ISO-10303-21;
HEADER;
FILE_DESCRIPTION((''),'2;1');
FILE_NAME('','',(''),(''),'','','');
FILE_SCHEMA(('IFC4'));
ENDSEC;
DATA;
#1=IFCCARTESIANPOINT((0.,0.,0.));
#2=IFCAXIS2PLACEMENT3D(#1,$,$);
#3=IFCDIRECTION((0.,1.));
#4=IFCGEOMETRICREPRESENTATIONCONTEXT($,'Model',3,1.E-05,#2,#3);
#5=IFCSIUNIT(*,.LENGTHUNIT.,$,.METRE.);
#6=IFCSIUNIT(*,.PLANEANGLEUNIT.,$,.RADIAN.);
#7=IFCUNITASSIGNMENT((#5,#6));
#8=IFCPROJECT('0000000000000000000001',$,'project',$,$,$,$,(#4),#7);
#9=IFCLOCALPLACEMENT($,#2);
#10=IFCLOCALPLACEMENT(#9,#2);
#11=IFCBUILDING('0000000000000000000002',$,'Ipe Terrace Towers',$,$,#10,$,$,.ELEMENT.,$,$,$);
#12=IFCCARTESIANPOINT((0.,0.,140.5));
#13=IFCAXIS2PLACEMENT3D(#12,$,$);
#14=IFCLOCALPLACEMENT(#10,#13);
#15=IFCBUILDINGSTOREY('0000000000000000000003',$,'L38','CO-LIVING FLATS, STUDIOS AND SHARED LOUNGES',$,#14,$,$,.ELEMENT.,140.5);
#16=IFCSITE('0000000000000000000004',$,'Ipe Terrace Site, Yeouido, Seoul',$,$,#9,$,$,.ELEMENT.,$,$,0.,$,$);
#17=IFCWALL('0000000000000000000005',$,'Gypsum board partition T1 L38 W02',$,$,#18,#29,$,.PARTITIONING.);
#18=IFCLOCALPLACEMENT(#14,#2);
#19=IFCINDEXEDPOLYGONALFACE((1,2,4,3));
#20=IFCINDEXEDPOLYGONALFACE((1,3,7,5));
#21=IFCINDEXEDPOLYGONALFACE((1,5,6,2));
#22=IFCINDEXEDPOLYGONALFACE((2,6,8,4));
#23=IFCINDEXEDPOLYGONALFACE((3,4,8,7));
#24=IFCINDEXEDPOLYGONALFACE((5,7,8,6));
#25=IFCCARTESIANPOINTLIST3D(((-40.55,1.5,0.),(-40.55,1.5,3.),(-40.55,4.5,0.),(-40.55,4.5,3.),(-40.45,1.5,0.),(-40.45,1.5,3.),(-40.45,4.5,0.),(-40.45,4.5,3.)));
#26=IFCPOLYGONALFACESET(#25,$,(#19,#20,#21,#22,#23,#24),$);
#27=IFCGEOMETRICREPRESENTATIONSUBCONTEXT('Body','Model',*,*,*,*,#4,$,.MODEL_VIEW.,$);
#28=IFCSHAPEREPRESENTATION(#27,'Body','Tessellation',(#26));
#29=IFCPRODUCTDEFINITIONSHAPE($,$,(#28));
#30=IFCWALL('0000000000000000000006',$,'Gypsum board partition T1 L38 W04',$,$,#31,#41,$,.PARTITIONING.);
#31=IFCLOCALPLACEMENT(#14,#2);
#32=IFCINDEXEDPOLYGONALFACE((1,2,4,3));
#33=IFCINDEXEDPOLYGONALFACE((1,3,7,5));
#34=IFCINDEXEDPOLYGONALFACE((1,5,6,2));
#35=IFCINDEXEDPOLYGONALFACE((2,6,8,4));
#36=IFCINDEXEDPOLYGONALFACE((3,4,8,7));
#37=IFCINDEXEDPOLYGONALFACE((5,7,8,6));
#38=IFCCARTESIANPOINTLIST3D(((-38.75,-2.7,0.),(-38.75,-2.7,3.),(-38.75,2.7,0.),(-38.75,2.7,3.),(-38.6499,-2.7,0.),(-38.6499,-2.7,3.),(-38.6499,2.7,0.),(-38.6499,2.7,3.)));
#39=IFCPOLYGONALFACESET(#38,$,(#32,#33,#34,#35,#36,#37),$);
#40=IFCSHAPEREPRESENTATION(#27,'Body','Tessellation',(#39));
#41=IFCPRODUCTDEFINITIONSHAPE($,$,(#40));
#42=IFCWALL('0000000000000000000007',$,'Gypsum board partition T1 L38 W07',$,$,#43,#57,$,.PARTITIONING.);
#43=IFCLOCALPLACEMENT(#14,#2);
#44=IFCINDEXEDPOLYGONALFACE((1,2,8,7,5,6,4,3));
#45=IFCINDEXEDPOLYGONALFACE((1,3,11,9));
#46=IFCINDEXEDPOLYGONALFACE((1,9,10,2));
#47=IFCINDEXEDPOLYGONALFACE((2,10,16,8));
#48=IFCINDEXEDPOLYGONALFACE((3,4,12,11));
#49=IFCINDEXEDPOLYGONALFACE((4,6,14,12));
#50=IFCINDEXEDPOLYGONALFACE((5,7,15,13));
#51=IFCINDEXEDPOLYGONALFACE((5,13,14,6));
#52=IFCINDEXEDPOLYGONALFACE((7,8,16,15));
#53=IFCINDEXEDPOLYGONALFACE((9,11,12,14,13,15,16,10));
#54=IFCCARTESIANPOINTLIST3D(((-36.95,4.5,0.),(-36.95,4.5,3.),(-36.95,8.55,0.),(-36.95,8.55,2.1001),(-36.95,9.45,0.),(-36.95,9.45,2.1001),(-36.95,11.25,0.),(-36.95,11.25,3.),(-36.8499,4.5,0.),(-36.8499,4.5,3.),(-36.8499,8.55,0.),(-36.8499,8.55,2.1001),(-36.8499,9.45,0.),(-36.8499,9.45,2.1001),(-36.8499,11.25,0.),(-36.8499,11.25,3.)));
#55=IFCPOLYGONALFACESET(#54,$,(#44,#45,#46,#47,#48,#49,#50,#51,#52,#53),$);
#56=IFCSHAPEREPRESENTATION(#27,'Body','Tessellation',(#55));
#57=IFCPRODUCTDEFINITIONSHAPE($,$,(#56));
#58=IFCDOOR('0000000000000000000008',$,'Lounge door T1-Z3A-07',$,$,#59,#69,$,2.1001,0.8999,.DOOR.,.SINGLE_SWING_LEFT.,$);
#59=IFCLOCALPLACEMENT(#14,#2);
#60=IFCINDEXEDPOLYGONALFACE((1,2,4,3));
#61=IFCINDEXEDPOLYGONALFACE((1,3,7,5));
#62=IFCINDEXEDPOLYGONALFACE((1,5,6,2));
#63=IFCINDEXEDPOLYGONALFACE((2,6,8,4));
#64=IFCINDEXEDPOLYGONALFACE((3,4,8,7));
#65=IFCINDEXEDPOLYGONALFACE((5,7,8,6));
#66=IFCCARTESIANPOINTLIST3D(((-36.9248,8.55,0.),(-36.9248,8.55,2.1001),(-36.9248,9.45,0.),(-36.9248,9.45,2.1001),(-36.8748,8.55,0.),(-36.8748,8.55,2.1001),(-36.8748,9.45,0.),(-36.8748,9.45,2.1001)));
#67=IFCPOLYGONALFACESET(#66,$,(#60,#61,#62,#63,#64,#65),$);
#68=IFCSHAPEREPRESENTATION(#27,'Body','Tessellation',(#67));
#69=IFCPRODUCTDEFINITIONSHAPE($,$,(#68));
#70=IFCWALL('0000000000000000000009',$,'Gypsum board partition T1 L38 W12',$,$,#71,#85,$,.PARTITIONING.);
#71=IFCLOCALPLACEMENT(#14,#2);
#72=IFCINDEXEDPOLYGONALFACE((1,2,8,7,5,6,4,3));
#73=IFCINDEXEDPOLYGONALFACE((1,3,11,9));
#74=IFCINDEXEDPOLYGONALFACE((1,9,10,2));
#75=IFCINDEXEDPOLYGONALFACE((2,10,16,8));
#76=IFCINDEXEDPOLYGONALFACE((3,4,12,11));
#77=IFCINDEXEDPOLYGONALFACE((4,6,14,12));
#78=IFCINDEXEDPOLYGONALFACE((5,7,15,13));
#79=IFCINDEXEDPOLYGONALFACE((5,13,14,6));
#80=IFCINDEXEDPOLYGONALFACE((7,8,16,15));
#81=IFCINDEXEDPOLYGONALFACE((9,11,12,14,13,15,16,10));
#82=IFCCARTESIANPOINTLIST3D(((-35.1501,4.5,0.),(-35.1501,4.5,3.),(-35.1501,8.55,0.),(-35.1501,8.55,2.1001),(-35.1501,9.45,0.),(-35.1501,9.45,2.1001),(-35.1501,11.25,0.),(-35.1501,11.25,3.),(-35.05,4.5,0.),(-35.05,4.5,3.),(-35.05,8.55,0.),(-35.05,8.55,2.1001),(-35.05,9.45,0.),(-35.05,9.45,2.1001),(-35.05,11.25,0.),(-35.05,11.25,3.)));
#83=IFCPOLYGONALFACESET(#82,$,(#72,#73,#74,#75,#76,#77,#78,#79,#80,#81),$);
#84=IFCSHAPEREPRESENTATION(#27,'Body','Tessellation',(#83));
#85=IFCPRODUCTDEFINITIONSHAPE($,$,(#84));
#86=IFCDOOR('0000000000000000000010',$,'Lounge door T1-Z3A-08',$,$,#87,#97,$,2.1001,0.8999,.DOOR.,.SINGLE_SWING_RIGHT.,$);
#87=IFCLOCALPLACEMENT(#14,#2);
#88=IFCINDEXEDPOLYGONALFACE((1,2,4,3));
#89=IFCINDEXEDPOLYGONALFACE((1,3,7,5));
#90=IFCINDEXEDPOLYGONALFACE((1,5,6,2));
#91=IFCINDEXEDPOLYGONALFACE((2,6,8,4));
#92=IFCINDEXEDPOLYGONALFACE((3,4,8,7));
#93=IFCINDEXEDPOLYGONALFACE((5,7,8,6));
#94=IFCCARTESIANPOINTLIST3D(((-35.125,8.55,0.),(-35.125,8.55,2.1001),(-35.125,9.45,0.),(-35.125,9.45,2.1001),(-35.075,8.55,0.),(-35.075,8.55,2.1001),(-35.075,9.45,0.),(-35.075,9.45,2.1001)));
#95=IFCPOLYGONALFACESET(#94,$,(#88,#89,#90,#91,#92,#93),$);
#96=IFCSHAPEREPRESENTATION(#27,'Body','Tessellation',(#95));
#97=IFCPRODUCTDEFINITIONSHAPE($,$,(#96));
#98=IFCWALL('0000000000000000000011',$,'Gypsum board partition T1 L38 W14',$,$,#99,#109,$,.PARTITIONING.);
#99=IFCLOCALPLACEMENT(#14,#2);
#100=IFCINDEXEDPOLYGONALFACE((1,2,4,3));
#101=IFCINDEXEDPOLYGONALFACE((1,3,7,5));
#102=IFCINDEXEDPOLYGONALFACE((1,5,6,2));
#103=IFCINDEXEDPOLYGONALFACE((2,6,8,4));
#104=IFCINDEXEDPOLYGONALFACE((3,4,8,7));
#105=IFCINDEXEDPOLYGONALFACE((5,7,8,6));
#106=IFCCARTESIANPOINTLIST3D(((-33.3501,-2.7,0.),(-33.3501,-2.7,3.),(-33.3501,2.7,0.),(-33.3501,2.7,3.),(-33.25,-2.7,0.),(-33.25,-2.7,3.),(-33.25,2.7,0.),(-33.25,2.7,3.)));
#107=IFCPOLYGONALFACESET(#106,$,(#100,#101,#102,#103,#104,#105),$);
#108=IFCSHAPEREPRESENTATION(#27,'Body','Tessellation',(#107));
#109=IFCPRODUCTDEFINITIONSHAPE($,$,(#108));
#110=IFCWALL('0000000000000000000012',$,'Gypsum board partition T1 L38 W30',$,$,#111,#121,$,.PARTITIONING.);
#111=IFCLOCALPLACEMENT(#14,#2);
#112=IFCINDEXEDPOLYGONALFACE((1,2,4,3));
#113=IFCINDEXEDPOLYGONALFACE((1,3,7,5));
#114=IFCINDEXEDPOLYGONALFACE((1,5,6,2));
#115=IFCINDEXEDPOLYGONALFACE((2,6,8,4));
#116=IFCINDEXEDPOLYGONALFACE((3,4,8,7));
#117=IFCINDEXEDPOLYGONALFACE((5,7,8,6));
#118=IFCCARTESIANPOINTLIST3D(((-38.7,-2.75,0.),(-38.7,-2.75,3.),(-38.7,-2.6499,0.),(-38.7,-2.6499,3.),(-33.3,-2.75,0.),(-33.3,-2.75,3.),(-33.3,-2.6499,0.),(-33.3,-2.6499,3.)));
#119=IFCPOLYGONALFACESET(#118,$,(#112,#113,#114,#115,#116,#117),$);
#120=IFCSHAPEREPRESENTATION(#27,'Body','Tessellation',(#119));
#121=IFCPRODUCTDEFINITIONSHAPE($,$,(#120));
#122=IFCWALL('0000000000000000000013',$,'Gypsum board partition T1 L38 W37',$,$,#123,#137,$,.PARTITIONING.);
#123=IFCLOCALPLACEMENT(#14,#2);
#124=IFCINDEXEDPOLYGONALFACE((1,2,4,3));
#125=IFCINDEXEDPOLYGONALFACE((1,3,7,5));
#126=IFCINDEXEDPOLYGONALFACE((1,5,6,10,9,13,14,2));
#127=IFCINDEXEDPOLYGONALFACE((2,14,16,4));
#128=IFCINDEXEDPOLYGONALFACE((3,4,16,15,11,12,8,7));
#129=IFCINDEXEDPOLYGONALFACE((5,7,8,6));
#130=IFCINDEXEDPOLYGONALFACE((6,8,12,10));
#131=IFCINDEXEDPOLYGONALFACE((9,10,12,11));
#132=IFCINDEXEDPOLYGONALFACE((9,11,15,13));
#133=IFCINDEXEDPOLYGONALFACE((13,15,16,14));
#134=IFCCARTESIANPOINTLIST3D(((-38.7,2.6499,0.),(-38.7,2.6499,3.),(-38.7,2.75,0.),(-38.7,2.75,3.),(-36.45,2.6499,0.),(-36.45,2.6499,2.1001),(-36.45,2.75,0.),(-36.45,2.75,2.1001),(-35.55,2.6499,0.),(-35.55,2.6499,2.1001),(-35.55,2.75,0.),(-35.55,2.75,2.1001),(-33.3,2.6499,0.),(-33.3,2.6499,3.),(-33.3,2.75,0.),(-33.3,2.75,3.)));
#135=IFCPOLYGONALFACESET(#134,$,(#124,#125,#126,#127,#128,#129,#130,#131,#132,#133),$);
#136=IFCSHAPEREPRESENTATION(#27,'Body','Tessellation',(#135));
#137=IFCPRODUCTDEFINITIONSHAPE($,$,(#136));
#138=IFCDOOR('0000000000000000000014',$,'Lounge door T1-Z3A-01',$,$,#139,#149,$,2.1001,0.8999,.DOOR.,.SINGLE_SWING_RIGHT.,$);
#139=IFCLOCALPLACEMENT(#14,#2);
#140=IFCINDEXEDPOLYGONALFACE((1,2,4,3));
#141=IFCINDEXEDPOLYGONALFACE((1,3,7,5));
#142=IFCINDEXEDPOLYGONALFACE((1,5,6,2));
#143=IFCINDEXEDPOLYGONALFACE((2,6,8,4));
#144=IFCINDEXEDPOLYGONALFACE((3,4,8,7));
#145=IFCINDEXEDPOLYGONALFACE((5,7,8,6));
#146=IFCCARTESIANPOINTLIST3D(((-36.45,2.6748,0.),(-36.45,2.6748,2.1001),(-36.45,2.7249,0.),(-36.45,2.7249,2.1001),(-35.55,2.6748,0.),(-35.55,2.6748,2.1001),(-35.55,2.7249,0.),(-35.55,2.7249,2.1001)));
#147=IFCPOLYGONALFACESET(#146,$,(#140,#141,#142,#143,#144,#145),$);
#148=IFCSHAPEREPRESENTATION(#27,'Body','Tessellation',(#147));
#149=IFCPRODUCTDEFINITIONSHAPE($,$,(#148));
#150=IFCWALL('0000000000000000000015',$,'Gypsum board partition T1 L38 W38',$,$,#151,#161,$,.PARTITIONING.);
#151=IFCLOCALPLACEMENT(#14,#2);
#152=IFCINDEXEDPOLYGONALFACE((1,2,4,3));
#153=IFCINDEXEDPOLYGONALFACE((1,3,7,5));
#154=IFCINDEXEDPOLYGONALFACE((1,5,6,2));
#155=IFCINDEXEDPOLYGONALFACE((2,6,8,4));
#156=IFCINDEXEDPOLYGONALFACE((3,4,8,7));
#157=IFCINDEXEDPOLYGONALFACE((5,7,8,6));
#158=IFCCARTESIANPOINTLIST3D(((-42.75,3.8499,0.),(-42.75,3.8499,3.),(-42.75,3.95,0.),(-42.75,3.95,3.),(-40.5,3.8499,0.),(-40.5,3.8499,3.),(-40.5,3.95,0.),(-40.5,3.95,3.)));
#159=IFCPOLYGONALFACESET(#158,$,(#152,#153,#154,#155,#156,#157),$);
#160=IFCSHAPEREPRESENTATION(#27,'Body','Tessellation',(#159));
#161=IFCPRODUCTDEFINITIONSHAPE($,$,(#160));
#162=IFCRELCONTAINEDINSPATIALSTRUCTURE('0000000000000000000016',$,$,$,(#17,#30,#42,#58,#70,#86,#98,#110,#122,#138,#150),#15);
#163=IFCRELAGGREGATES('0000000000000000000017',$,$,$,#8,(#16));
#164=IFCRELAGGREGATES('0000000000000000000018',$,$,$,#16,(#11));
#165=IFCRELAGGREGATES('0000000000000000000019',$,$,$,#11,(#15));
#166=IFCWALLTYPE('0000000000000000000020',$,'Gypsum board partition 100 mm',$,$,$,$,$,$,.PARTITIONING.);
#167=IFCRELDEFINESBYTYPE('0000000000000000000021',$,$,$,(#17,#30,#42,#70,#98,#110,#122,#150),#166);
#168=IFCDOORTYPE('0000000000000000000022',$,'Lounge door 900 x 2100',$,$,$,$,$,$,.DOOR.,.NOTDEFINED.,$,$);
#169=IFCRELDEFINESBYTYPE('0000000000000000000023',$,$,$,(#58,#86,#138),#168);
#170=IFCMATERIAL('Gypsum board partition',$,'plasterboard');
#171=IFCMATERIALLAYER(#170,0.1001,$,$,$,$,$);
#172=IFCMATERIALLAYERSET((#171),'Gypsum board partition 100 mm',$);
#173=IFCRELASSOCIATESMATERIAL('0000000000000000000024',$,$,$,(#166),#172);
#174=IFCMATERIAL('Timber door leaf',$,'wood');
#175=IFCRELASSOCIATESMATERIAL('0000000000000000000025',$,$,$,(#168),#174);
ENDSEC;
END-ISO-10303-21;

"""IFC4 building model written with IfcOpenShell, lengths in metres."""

from ifc_helpers import new_model, si_unit, direction, frame, frame_2d, origin, place, context, subcontext, project, spatial, rectangle, extrude, material, layer, layer_set, type_object, element, fill, save


model = new_model("IFC4")

# Units and contexts
model_context = context("Model", 3, precision=1e-05, world=origin(), true_north=direction((0.0, 1.0)))
body_context = subcontext(model_context, "Body", "Model", "MODEL_VIEW")
ifc_project = project(units=[si_unit("LENGTHUNIT", "METRE"), si_unit("PLANEANGLEUNIT", "RADIAN")], contexts=[model_context])

# Site, building, storey
site_placement = place(None, origin())
site = spatial("IfcSite", under=ifc_project, at=site_placement, Name="Ipe Terrace Site, Yeouido, Seoul", CompositionType="ELEMENT", RefElevation=0.0)
building_placement = place(site_placement, origin())
building = spatial("IfcBuilding", under=site, at=building_placement, Name="Ipe Terrace Towers", CompositionType="ELEMENT")
storey_placement = place(building_placement, frame((0.0, 0.0, 140.5)))
storey = spatial("IfcBuildingStorey", under=building, at=storey_placement, Name="L38", Description="CO-LIVING FLATS, STUDIOS AND SHARED LOUNGES", CompositionType="ELEMENT", Elevation=140.5)

# Walls
ifc_material_1 = material(Name="Gypsum board partition", Category="plasterboard")
ifc_layer = layer(ifc_material_1, 0.1001)
ifc_layer_set = layer_set([ifc_layer], Name="Gypsum board partition 100 mm")
wall_type = type_object("IfcWallType", Name="Gypsum board partition 100 mm", PredefinedType="PARTITIONING", material=ifc_layer_set)
wall_1_placement = place(storey_placement, frame((-40.5, 1.5, 0.0), z_axis=(0.0, 0.0, 1.0), x_axis=(0.0, 1.0, 0.0)))
element("IfcWall", 1, at=wall_1_placement, inside=storey, type_object=wall_type, Name="Gypsum board partition T1 L38 W02", PredefinedType="PARTITIONING", context=body_context, shape_type="SweptSolid", body=[
    extrude(rectangle(XDim=3.0, YDim=0.1001, at=frame_2d((1.5, 0.0))), origin(), (0.0, 0.0, 1.0), 3.0),
])
wall_2_placement = place(storey_placement, frame((-38.7, -2.7, 0.0), z_axis=(0.0, 0.0, 1.0), x_axis=(0.0, 1.0, 0.0)))
element("IfcWall", 2, at=wall_2_placement, inside=storey, type_object=wall_type, Name="Gypsum board partition T1 L38 W04", PredefinedType="PARTITIONING", context=body_context, shape_type="SweptSolid", body=[
    extrude(rectangle(XDim=5.3999, YDim=0.1001, at=frame_2d((2.7, 0.0))), origin(), (0.0, 0.0, 1.0), 3.0),
])

# Walls, openings, doors
wall_3_placement = place(storey_placement, frame((-36.8999, 4.5, 0.0), z_axis=(0.0, 0.0, 1.0), x_axis=(0.0, 1.0, 0.0)))
wall_3 = element("IfcWall", 3, at=wall_3_placement, inside=storey, type_object=wall_type, Name="Gypsum board partition T1 L38 W07", PredefinedType="PARTITIONING", context=body_context, shape_type="SweptSolid", body=[
    extrude(rectangle(XDim=6.75, YDim=0.1001, at=frame_2d((3.375, 0.0))), origin(), (0.0, 0.0, 1.0), 3.0),
])
opening_1_placement = place(wall_3_placement, frame((4.05, 0.0, 0.0)))
opening_1 = element("IfcOpeningElement", 4, at=opening_1_placement, cuts=wall_3, PredefinedType="OPENING", context=body_context, shape_type="SweptSolid", body=[
    extrude(rectangle(XDim=0.8999, YDim=2.1001, at=frame_2d((0.45, 1.05))), frame((0.0, 0.0601, 0.0), z_axis=(0.0, -1.0, 0.0), x_axis=(1.0, 0.0, 0.0)), (0.0, 0.0, 1.0), 0.1201),
])
ifc_material_2 = material(Name="Timber door leaf", Category="wood")
door_type = type_object("IfcDoorType", Name="Lounge door 900 x 2100", OperationType="NOTDEFINED", PredefinedType="DOOR", material=ifc_material_2)
door_1_placement = place(opening_1_placement, origin())
door_1 = element("IfcDoor", 5, at=door_1_placement, inside=storey, type_object=door_type, Name="Lounge door T1-Z3A-07", OperationType="SINGLE_SWING_LEFT", OverallHeight=2.1001, OverallWidth=0.8999, PredefinedType="DOOR", context=body_context, shape_type="SweptSolid", body=[
    extrude(rectangle(XDim=0.8999, YDim=2.1001, at=frame_2d((0.45, 1.05))), frame((0.0, 0.0249, 0.0), z_axis=(0.0, -1.0, 0.0), x_axis=(1.0, 0.0, 0.0)), (0.0, 0.0, 1.0), 0.05),
])
fill(opening_1, door_1)
wall_4_placement = place(storey_placement, frame((-35.1001, 4.5, 0.0), z_axis=(0.0, 0.0, 1.0), x_axis=(0.0, 1.0, 0.0)))
wall_4 = element("IfcWall", 6, at=wall_4_placement, inside=storey, type_object=wall_type, Name="Gypsum board partition T1 L38 W12", PredefinedType="PARTITIONING", context=body_context, shape_type="SweptSolid", body=[
    extrude(rectangle(XDim=6.75, YDim=0.1001, at=frame_2d((3.375, 0.0))), origin(), (0.0, 0.0, 1.0), 3.0),
])
opening_2_placement = place(wall_4_placement, frame((4.05, 0.0, 0.0)))
opening_2 = element("IfcOpeningElement", 7, at=opening_2_placement, cuts=wall_4, PredefinedType="OPENING", context=body_context, shape_type="SweptSolid", body=[
    extrude(rectangle(XDim=0.8999, YDim=2.1001, at=frame_2d((0.45, 1.05))), frame((0.0, 0.0601, 0.0), z_axis=(0.0, -1.0, 0.0), x_axis=(1.0, 0.0, 0.0)), (0.0, 0.0, 1.0), 0.1201),
])
door_2_placement = place(opening_2_placement, origin())
door_2 = element("IfcDoor", 8, at=door_2_placement, inside=storey, type_object=door_type, Name="Lounge door T1-Z3A-08", OperationType="SINGLE_SWING_RIGHT", OverallHeight=2.1001, OverallWidth=0.8999, PredefinedType="DOOR", context=body_context, shape_type="SweptSolid", body=[
    extrude(rectangle(XDim=0.8999, YDim=2.1001, at=frame_2d((0.45, 1.05))), frame((0.0, 0.0249, 0.0), z_axis=(0.0, -1.0, 0.0), x_axis=(1.0, 0.0, 0.0)), (0.0, 0.0, 1.0), 0.05),
])
fill(opening_2, door_2)

# Walls
for number, where, z_axis, x_axis, name in (
    (9, (-33.3, -2.7, 0.0), (0.0, 0.0, 1.0), (0.0, 1.0, 0.0), "Gypsum board partition T1 L38 W14"),
    (10, (-38.7, -2.7, 0.0), (0.0, 0.0, 1.0), (1.0, 0.0, 0.0), "Gypsum board partition T1 L38 W30"),
):
    element("IfcWall", number, at=place(storey_placement, frame(where, z_axis=z_axis, x_axis=x_axis)), inside=storey, type_object=wall_type, Name=name, PredefinedType="PARTITIONING", context=body_context, shape_type="SweptSolid", body=[
        extrude(rectangle(XDim=5.3999, YDim=0.1001, at=frame_2d((2.7, 0.0))), origin(), (0.0, 0.0, 1.0), 3.0),
    ])

# Wall, opening, door
wall_5_placement = place(storey_placement, frame((-38.7, 2.7, 0.0), z_axis=(0.0, 0.0, 1.0), x_axis=(1.0, 0.0, 0.0)))
wall_5 = element("IfcWall", 11, at=wall_5_placement, inside=storey, type_object=wall_type, Name="Gypsum board partition T1 L38 W37", PredefinedType="PARTITIONING", context=body_context, shape_type="SweptSolid", body=[
    extrude(rectangle(XDim=5.3999, YDim=0.1001, at=frame_2d((2.7, 0.0))), origin(), (0.0, 0.0, 1.0), 3.0),
])
opening_3_placement = place(wall_5_placement, frame((2.25, 0.0, 0.0)))
opening_3 = element("IfcOpeningElement", 12, at=opening_3_placement, cuts=wall_5, PredefinedType="OPENING", context=body_context, shape_type="SweptSolid", body=[
    extrude(rectangle(XDim=0.8999, YDim=2.1001, at=frame_2d((0.45, 1.05))), frame((0.0, 0.0601, 0.0), z_axis=(0.0, -1.0, 0.0), x_axis=(1.0, 0.0, 0.0)), (0.0, 0.0, 1.0), 0.1201),
])
door_3_placement = place(opening_3_placement, origin())
door_3 = element("IfcDoor", 13, at=door_3_placement, inside=storey, type_object=door_type, Name="Lounge door T1-Z3A-01", OperationType="SINGLE_SWING_RIGHT", OverallHeight=2.1001, OverallWidth=0.8999, PredefinedType="DOOR", context=body_context, shape_type="SweptSolid", body=[
    extrude(rectangle(XDim=0.8999, YDim=2.1001, at=frame_2d((0.45, 1.05))), frame((0.0, 0.0249, 0.0), z_axis=(0.0, -1.0, 0.0), x_axis=(1.0, 0.0, 0.0)), (0.0, 0.0, 1.0), 0.05),
])
fill(opening_3, door_3)

# Wall
wall_6_placement = place(storey_placement, frame((-42.75, 3.8999, 0.0), z_axis=(0.0, 0.0, 1.0), x_axis=(1.0, 0.0, 0.0)))
element("IfcWall", 14, at=wall_6_placement, inside=storey, type_object=wall_type, Name="Gypsum board partition T1 L38 W38", PredefinedType="PARTITIONING", context=body_context, shape_type="SweptSolid", body=[
    extrude(rectangle(XDim=2.25, YDim=0.1001, at=frame_2d((1.125, 0.0))), origin(), (0.0, 0.0, 1.0), 3.0),
])

save(model, "model.ifc")
